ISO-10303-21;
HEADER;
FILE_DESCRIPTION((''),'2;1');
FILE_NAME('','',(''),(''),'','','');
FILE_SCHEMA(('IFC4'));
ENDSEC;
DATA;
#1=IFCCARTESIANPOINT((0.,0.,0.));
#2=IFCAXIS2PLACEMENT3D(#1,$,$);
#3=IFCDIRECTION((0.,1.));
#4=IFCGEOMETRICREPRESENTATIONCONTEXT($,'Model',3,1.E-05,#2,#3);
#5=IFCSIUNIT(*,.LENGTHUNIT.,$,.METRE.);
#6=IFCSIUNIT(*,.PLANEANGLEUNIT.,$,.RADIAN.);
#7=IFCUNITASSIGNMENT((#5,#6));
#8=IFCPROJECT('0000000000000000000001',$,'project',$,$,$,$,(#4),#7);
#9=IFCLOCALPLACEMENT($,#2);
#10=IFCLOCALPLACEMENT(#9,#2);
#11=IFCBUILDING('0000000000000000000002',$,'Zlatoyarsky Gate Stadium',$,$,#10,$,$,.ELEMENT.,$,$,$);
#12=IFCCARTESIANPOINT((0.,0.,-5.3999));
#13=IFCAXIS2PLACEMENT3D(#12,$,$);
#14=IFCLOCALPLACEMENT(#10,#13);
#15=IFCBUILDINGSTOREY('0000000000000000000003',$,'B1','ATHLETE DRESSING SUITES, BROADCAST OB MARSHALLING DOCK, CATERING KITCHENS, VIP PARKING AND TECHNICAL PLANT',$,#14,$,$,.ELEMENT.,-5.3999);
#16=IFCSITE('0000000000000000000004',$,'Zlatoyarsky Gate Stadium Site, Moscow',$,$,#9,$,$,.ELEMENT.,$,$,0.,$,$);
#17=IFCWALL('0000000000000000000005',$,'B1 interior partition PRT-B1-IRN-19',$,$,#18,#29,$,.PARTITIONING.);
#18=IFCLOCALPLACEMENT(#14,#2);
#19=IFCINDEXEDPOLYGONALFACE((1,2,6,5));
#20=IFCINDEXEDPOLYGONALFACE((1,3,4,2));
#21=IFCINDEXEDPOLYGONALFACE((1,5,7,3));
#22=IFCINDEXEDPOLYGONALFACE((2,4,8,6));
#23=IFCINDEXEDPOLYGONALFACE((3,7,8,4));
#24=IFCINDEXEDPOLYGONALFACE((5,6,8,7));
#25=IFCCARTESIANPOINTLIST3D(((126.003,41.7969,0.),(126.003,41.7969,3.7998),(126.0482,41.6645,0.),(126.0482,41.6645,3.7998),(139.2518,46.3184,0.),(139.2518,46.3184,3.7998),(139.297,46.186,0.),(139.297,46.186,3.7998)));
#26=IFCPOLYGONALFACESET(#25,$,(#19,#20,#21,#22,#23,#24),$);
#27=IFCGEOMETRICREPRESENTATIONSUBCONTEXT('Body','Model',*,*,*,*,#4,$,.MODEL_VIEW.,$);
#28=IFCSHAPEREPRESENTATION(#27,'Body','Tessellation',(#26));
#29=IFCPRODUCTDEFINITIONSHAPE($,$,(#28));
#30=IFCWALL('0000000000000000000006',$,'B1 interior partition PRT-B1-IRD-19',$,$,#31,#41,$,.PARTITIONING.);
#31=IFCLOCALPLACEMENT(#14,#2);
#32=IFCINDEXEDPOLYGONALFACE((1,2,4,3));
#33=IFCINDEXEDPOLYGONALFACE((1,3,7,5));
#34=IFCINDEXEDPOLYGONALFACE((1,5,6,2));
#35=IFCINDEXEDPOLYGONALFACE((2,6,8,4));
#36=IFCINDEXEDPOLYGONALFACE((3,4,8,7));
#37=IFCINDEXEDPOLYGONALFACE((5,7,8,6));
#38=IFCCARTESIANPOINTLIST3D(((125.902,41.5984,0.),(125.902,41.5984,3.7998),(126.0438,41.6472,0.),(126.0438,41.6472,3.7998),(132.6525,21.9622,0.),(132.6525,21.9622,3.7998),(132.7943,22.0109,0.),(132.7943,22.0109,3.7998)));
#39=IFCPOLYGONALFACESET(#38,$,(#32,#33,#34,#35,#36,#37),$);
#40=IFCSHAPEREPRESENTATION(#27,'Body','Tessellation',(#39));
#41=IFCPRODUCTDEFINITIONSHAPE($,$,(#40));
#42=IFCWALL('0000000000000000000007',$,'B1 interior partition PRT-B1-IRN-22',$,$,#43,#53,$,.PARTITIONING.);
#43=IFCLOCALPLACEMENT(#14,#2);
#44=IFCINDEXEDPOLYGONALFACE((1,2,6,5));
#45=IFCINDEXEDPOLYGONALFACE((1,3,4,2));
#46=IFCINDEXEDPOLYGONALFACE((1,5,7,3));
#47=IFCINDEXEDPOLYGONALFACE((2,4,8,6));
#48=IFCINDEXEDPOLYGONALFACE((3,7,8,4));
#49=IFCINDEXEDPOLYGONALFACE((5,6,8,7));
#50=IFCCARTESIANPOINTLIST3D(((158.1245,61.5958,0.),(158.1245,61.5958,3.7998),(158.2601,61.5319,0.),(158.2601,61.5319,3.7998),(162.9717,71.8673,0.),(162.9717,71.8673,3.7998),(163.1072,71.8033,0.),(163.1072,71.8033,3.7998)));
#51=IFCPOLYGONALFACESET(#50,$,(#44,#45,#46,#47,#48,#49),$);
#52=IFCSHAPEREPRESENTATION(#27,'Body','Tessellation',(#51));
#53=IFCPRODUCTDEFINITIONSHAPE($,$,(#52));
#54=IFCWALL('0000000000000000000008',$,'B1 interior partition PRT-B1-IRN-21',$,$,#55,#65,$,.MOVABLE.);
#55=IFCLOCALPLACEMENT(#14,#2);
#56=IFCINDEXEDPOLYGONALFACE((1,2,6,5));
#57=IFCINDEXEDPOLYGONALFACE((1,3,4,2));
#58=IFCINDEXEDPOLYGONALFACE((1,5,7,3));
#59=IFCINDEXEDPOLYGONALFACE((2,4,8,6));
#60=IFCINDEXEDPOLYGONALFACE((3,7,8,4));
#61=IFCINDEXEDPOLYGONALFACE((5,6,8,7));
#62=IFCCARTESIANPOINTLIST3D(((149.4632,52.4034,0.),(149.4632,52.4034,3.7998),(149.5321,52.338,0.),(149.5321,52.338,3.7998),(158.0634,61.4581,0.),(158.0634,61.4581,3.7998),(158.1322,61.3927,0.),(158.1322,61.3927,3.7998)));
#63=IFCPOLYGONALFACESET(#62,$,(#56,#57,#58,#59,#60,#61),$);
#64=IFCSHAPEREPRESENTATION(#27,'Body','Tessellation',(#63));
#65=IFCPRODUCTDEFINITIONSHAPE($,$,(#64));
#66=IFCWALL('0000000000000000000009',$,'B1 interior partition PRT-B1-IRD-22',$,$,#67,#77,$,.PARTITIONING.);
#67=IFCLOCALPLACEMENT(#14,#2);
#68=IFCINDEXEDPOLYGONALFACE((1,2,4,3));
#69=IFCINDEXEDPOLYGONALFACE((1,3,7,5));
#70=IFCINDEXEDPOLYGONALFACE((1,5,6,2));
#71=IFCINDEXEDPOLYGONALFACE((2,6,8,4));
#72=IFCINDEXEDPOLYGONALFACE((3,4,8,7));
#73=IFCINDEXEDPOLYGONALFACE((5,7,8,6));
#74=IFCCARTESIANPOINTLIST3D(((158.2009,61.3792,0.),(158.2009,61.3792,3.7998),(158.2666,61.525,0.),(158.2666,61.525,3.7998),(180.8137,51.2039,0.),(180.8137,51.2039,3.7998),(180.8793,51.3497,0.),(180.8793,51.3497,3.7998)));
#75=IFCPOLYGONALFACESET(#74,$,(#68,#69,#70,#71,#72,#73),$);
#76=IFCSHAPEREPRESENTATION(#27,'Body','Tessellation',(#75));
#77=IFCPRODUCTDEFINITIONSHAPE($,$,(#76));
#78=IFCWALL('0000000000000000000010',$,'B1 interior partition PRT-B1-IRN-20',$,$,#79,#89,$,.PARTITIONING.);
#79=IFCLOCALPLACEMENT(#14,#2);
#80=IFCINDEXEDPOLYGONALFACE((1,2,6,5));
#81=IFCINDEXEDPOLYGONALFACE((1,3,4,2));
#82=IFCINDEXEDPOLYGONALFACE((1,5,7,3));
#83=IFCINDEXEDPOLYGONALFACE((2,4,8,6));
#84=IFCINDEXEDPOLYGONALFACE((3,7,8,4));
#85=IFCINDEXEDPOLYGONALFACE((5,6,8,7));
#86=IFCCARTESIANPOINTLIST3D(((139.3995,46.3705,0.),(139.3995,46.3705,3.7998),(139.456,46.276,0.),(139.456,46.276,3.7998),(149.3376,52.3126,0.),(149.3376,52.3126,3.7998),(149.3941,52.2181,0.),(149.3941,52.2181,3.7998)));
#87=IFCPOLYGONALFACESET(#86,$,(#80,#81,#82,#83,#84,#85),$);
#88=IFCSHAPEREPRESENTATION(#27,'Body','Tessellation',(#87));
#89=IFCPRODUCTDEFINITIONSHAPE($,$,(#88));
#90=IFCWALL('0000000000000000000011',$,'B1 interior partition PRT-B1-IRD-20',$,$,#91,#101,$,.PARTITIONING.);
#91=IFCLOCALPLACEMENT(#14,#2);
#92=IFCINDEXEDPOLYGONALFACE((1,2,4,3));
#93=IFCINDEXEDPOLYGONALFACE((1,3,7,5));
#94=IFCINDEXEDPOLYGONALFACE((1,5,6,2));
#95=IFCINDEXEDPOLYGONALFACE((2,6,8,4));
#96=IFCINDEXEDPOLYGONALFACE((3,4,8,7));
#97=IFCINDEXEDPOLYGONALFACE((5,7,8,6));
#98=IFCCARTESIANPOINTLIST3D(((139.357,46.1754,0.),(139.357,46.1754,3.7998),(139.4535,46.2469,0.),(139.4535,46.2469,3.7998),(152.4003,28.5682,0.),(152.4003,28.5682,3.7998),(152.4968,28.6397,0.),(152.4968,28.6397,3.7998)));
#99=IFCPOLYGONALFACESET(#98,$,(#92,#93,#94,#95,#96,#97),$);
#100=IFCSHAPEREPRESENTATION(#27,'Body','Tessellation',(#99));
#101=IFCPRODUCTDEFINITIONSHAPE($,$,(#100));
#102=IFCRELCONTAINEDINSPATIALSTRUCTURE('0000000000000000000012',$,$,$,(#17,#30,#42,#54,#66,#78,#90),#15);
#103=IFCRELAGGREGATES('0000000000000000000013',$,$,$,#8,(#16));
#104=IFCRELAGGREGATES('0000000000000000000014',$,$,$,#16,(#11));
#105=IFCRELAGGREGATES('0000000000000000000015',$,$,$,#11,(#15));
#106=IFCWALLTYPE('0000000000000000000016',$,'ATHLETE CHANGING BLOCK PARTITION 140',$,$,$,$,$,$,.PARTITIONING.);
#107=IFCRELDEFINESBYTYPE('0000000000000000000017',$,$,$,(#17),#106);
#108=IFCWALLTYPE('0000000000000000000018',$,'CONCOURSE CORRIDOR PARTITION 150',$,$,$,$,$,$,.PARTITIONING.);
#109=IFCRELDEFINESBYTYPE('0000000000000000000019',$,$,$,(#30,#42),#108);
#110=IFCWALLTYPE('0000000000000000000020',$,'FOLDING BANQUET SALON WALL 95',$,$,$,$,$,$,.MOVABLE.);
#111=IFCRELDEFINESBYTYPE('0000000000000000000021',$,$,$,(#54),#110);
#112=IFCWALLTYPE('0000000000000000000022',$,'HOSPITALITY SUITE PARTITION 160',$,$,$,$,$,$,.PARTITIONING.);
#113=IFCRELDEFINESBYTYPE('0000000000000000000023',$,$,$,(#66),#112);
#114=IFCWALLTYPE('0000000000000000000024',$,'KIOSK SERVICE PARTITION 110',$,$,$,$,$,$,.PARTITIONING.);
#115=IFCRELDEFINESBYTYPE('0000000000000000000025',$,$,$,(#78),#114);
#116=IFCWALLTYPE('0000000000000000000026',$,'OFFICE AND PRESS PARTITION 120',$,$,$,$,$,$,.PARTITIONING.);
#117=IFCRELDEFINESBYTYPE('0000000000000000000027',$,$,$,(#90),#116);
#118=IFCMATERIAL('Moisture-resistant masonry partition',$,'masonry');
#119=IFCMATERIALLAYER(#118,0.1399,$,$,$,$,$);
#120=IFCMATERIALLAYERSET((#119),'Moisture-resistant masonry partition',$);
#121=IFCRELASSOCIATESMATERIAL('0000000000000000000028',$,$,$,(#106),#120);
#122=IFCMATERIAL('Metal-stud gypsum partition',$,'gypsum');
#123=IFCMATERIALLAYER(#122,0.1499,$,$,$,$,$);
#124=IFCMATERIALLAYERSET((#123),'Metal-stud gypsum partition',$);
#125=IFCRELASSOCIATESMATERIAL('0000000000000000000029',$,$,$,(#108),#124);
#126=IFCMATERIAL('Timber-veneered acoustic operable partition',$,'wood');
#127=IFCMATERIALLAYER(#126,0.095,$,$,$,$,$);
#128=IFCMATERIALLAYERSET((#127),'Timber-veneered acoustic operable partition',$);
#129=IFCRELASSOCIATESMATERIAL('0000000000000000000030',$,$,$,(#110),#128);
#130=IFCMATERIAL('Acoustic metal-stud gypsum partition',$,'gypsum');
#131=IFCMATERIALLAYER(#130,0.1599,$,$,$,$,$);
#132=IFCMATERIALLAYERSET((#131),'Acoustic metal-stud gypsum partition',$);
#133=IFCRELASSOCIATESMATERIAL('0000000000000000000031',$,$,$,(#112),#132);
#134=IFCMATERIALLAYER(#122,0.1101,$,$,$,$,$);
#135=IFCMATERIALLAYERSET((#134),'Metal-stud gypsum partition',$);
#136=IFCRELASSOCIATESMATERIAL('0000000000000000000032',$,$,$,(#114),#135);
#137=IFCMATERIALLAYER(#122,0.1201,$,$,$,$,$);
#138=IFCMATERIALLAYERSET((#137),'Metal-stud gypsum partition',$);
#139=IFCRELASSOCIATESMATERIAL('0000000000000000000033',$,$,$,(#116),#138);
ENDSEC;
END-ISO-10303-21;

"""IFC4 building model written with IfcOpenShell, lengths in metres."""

from ifc_helpers import new_model, si_unit, direction, frame, frame_2d, origin, place, context, subcontext, project, spatial, rectangle, extrude, material, layer, layer_set, type_object, element, save


model = new_model("IFC4")

# Units and contexts
model_context = context("Model", 3, precision=1e-05, world=origin(), true_north=direction((0.0, 1.0)))
body_context = subcontext(model_context, "Body", "Model", "MODEL_VIEW")
ifc_project = project(units=[si_unit("LENGTHUNIT", "METRE"), si_unit("PLANEANGLEUNIT", "RADIAN")], contexts=[model_context])

# Site, building, storey
site_placement = place(None, origin())
site = spatial("IfcSite", under=ifc_project, at=site_placement, Name="Zlatoyarsky Gate Stadium Site, Moscow", CompositionType="ELEMENT", RefElevation=0.0)
building_placement = place(site_placement, origin())
building = spatial("IfcBuilding", under=site, at=building_placement, Name="Zlatoyarsky Gate Stadium", CompositionType="ELEMENT")
storey_placement = place(building_placement, frame((0.0, 0.0, -5.3999)))
storey = spatial("IfcBuildingStorey", under=building, at=storey_placement, Name="B1", Description="ATHLETE DRESSING SUITES, BROADCAST OB MARSHALLING DOCK, CATERING KITCHENS, VIP PARKING AND TECHNICAL PLANT", CompositionType="ELEMENT", Elevation=-5.3999)

# Walls
ifc_material_1 = material(Name="Moisture-resistant masonry partition", Category="masonry")
ifc_layer_1 = layer(ifc_material_1, 0.1399)
ifc_layer_set_1 = layer_set([ifc_layer_1], Name="Moisture-resistant masonry partition")
wall_type_1 = type_object("IfcWallType", Name="ATHLETE CHANGING BLOCK PARTITION 140", PredefinedType="PARTITIONING", material=ifc_layer_set_1)
wall_1_placement = place(storey_placement, frame((126.0256, 41.7307, 0.0), z_axis=(0.0, 0.0, 1.0), x_axis=(0.946404, 0.322985, 0.0)))
element("IfcWall", 1, at=wall_1_placement, inside=storey, type_object=wall_type_1, Name="B1 interior partition PRT-B1-IRN-19", PredefinedType="PARTITIONING", context=body_context, shape_type="SweptSolid", body=[
    extrude(rectangle(XDim=13.999, YDim=0.1399, at=frame_2d((6.9995, 0.0))), origin(), (0.0, 0.0, 1.0), 3.7998),
])
ifc_material_2 = material(Name="Metal-stud gypsum partition", Category="gypsum")
ifc_layer_2 = layer(ifc_material_2, 0.1499)
ifc_layer_set_2 = layer_set([ifc_layer_2], Name="Metal-stud gypsum partition")
wall_type_2 = type_object("IfcWallType", Name="CONCOURSE CORRIDOR PARTITION 150", PredefinedType="PARTITIONING", material=ifc_layer_set_2)
wall_2_placement = place(storey_placement, frame((125.9729, 41.6228, 0.0), z_axis=(0.0, 0.0, 1.0), x_axis=(0.325103, -0.945679, 0.0)))
element("IfcWall", 2, at=wall_2_placement, inside=storey, type_object=wall_type_2, Name="B1 interior partition PRT-B1-IRD-19", PredefinedType="PARTITIONING", context=body_context, shape_type="SweptSolid", body=[
    extrude(rectangle(XDim=20.7642, YDim=0.1499, at=frame_2d((10.3821, 0.0))), origin(), (0.0, 0.0, 1.0), 3.7998),
])
wall_3_placement = place(storey_placement, frame((158.1924, 61.564, 0.0), z_axis=(0.0, 0.0, 1.0), x_axis=(0.426772, 0.904359, 0.0)))
element("IfcWall", 3, at=wall_3_placement, inside=storey, type_object=wall_type_2, Name="B1 interior partition PRT-B1-IRN-22", PredefinedType="PARTITIONING", context=body_context, shape_type="SweptSolid", body=[
    extrude(rectangle(XDim=11.3577, YDim=0.1499, at=frame_2d((5.6787, 0.0))), origin(), (0.0, 0.0, 1.0), 3.7998),
])
ifc_material_3 = material(Name="Timber-veneered acoustic operable partition", Category="wood")
ifc_layer_3 = layer(ifc_material_3, 0.095)
ifc_layer_set_3 = layer_set([ifc_layer_3], Name="Timber-veneered acoustic operable partition")
wall_type_3 = type_object("IfcWallType", Name="FOLDING BANQUET SALON WALL 95", PredefinedType="MOVABLE", material=ifc_layer_set_3)
wall_4_placement = place(storey_placement, frame((149.4976, 52.3706, 0.0), z_axis=(0.0, 0.0, 1.0), x_axis=(0.688671, 0.725074, 0.0)))
element("IfcWall", 4, at=wall_4_placement, inside=storey, type_object=wall_type_3, Name="B1 interior partition PRT-B1-IRN-21", PredefinedType="MOVABLE", context=body_context, shape_type="SweptSolid", body=[
    extrude(rectangle(XDim=12.488, YDim=0.095, at=frame_2d((6.2441, 0.0))), origin(), (0.0, 0.0, 1.0), 3.7998),
])
ifc_material_4 = material(Name="Acoustic metal-stud gypsum partition", Category="gypsum")
ifc_layer_4 = layer(ifc_material_4, 0.1599)
ifc_layer_set_4 = layer_set([ifc_layer_4], Name="Acoustic metal-stud gypsum partition")
wall_type_4 = type_object("IfcWallType", Name="HOSPITALITY SUITE PARTITION 160", PredefinedType="PARTITIONING", material=ifc_layer_set_4)
wall_5_placement = place(storey_placement, frame((158.2336, 61.4521, 0.0), z_axis=(0.0, 0.0, 1.0), x_axis=(0.911929, -0.410349, 0.0)))
element("IfcWall", 5, at=wall_5_placement, inside=storey, type_object=wall_type_4, Name="B1 interior partition PRT-B1-IRD-22", PredefinedType="PARTITIONING", context=body_context, shape_type="SweptSolid", body=[
    extrude(rectangle(XDim=24.7966, YDim=0.1599, at=frame_2d((12.3984, 0.0))), origin(), (0.0, 0.0, 1.0), 3.7998),
])
ifc_layer_5 = layer(ifc_material_2, 0.1101)
ifc_layer_set_5 = layer_set([ifc_layer_5], Name="Metal-stud gypsum partition")
wall_type_5 = type_object("IfcWallType", Name="KIOSK SERVICE PARTITION 110", PredefinedType="PARTITIONING", material=ifc_layer_set_5)
wall_6_placement = place(storey_placement, frame((139.4277, 46.3232, 0.0), z_axis=(0.0, 0.0, 1.0), x_axis=(0.858284, 0.513174, 0.0)))
element("IfcWall", 6, at=wall_6_placement, inside=storey, type_object=wall_type_5, Name="B1 interior partition PRT-B1-IRN-20", PredefinedType="PARTITIONING", context=body_context, shape_type="SweptSolid", body=[
    extrude(rectangle(XDim=11.5791, YDim=0.1101, at=frame_2d((5.7896, 0.0))), origin(), (0.0, 0.0, 1.0), 3.7998),
])
ifc_layer_6 = layer(ifc_material_2, 0.1201)
ifc_layer_set_6 = layer_set([ifc_layer_6], Name="Metal-stud gypsum partition")
wall_type_6 = type_object("IfcWallType", Name="OFFICE AND PRESS PARTITION 120", PredefinedType="PARTITIONING", material=ifc_layer_set_6)
wall_7_placement = place(storey_placement, frame((139.4053, 46.2112, 0.0), z_axis=(0.0, 0.0, 1.0), x_axis=(0.595253, -0.803538, 0.0)))
element("IfcWall", 7, at=wall_7_placement, inside=storey, type_object=wall_type_6, Name="B1 interior partition PRT-B1-IRD-20", PredefinedType="PARTITIONING", context=body_context, shape_type="SweptSolid", body=[
    extrude(rectangle(XDim=21.9121, YDim=0.1201, at=frame_2d((10.9561, 0.0))), origin(), (0.0, 0.0, 1.0), 3.7998),
])

save(model, "model.ifc")
